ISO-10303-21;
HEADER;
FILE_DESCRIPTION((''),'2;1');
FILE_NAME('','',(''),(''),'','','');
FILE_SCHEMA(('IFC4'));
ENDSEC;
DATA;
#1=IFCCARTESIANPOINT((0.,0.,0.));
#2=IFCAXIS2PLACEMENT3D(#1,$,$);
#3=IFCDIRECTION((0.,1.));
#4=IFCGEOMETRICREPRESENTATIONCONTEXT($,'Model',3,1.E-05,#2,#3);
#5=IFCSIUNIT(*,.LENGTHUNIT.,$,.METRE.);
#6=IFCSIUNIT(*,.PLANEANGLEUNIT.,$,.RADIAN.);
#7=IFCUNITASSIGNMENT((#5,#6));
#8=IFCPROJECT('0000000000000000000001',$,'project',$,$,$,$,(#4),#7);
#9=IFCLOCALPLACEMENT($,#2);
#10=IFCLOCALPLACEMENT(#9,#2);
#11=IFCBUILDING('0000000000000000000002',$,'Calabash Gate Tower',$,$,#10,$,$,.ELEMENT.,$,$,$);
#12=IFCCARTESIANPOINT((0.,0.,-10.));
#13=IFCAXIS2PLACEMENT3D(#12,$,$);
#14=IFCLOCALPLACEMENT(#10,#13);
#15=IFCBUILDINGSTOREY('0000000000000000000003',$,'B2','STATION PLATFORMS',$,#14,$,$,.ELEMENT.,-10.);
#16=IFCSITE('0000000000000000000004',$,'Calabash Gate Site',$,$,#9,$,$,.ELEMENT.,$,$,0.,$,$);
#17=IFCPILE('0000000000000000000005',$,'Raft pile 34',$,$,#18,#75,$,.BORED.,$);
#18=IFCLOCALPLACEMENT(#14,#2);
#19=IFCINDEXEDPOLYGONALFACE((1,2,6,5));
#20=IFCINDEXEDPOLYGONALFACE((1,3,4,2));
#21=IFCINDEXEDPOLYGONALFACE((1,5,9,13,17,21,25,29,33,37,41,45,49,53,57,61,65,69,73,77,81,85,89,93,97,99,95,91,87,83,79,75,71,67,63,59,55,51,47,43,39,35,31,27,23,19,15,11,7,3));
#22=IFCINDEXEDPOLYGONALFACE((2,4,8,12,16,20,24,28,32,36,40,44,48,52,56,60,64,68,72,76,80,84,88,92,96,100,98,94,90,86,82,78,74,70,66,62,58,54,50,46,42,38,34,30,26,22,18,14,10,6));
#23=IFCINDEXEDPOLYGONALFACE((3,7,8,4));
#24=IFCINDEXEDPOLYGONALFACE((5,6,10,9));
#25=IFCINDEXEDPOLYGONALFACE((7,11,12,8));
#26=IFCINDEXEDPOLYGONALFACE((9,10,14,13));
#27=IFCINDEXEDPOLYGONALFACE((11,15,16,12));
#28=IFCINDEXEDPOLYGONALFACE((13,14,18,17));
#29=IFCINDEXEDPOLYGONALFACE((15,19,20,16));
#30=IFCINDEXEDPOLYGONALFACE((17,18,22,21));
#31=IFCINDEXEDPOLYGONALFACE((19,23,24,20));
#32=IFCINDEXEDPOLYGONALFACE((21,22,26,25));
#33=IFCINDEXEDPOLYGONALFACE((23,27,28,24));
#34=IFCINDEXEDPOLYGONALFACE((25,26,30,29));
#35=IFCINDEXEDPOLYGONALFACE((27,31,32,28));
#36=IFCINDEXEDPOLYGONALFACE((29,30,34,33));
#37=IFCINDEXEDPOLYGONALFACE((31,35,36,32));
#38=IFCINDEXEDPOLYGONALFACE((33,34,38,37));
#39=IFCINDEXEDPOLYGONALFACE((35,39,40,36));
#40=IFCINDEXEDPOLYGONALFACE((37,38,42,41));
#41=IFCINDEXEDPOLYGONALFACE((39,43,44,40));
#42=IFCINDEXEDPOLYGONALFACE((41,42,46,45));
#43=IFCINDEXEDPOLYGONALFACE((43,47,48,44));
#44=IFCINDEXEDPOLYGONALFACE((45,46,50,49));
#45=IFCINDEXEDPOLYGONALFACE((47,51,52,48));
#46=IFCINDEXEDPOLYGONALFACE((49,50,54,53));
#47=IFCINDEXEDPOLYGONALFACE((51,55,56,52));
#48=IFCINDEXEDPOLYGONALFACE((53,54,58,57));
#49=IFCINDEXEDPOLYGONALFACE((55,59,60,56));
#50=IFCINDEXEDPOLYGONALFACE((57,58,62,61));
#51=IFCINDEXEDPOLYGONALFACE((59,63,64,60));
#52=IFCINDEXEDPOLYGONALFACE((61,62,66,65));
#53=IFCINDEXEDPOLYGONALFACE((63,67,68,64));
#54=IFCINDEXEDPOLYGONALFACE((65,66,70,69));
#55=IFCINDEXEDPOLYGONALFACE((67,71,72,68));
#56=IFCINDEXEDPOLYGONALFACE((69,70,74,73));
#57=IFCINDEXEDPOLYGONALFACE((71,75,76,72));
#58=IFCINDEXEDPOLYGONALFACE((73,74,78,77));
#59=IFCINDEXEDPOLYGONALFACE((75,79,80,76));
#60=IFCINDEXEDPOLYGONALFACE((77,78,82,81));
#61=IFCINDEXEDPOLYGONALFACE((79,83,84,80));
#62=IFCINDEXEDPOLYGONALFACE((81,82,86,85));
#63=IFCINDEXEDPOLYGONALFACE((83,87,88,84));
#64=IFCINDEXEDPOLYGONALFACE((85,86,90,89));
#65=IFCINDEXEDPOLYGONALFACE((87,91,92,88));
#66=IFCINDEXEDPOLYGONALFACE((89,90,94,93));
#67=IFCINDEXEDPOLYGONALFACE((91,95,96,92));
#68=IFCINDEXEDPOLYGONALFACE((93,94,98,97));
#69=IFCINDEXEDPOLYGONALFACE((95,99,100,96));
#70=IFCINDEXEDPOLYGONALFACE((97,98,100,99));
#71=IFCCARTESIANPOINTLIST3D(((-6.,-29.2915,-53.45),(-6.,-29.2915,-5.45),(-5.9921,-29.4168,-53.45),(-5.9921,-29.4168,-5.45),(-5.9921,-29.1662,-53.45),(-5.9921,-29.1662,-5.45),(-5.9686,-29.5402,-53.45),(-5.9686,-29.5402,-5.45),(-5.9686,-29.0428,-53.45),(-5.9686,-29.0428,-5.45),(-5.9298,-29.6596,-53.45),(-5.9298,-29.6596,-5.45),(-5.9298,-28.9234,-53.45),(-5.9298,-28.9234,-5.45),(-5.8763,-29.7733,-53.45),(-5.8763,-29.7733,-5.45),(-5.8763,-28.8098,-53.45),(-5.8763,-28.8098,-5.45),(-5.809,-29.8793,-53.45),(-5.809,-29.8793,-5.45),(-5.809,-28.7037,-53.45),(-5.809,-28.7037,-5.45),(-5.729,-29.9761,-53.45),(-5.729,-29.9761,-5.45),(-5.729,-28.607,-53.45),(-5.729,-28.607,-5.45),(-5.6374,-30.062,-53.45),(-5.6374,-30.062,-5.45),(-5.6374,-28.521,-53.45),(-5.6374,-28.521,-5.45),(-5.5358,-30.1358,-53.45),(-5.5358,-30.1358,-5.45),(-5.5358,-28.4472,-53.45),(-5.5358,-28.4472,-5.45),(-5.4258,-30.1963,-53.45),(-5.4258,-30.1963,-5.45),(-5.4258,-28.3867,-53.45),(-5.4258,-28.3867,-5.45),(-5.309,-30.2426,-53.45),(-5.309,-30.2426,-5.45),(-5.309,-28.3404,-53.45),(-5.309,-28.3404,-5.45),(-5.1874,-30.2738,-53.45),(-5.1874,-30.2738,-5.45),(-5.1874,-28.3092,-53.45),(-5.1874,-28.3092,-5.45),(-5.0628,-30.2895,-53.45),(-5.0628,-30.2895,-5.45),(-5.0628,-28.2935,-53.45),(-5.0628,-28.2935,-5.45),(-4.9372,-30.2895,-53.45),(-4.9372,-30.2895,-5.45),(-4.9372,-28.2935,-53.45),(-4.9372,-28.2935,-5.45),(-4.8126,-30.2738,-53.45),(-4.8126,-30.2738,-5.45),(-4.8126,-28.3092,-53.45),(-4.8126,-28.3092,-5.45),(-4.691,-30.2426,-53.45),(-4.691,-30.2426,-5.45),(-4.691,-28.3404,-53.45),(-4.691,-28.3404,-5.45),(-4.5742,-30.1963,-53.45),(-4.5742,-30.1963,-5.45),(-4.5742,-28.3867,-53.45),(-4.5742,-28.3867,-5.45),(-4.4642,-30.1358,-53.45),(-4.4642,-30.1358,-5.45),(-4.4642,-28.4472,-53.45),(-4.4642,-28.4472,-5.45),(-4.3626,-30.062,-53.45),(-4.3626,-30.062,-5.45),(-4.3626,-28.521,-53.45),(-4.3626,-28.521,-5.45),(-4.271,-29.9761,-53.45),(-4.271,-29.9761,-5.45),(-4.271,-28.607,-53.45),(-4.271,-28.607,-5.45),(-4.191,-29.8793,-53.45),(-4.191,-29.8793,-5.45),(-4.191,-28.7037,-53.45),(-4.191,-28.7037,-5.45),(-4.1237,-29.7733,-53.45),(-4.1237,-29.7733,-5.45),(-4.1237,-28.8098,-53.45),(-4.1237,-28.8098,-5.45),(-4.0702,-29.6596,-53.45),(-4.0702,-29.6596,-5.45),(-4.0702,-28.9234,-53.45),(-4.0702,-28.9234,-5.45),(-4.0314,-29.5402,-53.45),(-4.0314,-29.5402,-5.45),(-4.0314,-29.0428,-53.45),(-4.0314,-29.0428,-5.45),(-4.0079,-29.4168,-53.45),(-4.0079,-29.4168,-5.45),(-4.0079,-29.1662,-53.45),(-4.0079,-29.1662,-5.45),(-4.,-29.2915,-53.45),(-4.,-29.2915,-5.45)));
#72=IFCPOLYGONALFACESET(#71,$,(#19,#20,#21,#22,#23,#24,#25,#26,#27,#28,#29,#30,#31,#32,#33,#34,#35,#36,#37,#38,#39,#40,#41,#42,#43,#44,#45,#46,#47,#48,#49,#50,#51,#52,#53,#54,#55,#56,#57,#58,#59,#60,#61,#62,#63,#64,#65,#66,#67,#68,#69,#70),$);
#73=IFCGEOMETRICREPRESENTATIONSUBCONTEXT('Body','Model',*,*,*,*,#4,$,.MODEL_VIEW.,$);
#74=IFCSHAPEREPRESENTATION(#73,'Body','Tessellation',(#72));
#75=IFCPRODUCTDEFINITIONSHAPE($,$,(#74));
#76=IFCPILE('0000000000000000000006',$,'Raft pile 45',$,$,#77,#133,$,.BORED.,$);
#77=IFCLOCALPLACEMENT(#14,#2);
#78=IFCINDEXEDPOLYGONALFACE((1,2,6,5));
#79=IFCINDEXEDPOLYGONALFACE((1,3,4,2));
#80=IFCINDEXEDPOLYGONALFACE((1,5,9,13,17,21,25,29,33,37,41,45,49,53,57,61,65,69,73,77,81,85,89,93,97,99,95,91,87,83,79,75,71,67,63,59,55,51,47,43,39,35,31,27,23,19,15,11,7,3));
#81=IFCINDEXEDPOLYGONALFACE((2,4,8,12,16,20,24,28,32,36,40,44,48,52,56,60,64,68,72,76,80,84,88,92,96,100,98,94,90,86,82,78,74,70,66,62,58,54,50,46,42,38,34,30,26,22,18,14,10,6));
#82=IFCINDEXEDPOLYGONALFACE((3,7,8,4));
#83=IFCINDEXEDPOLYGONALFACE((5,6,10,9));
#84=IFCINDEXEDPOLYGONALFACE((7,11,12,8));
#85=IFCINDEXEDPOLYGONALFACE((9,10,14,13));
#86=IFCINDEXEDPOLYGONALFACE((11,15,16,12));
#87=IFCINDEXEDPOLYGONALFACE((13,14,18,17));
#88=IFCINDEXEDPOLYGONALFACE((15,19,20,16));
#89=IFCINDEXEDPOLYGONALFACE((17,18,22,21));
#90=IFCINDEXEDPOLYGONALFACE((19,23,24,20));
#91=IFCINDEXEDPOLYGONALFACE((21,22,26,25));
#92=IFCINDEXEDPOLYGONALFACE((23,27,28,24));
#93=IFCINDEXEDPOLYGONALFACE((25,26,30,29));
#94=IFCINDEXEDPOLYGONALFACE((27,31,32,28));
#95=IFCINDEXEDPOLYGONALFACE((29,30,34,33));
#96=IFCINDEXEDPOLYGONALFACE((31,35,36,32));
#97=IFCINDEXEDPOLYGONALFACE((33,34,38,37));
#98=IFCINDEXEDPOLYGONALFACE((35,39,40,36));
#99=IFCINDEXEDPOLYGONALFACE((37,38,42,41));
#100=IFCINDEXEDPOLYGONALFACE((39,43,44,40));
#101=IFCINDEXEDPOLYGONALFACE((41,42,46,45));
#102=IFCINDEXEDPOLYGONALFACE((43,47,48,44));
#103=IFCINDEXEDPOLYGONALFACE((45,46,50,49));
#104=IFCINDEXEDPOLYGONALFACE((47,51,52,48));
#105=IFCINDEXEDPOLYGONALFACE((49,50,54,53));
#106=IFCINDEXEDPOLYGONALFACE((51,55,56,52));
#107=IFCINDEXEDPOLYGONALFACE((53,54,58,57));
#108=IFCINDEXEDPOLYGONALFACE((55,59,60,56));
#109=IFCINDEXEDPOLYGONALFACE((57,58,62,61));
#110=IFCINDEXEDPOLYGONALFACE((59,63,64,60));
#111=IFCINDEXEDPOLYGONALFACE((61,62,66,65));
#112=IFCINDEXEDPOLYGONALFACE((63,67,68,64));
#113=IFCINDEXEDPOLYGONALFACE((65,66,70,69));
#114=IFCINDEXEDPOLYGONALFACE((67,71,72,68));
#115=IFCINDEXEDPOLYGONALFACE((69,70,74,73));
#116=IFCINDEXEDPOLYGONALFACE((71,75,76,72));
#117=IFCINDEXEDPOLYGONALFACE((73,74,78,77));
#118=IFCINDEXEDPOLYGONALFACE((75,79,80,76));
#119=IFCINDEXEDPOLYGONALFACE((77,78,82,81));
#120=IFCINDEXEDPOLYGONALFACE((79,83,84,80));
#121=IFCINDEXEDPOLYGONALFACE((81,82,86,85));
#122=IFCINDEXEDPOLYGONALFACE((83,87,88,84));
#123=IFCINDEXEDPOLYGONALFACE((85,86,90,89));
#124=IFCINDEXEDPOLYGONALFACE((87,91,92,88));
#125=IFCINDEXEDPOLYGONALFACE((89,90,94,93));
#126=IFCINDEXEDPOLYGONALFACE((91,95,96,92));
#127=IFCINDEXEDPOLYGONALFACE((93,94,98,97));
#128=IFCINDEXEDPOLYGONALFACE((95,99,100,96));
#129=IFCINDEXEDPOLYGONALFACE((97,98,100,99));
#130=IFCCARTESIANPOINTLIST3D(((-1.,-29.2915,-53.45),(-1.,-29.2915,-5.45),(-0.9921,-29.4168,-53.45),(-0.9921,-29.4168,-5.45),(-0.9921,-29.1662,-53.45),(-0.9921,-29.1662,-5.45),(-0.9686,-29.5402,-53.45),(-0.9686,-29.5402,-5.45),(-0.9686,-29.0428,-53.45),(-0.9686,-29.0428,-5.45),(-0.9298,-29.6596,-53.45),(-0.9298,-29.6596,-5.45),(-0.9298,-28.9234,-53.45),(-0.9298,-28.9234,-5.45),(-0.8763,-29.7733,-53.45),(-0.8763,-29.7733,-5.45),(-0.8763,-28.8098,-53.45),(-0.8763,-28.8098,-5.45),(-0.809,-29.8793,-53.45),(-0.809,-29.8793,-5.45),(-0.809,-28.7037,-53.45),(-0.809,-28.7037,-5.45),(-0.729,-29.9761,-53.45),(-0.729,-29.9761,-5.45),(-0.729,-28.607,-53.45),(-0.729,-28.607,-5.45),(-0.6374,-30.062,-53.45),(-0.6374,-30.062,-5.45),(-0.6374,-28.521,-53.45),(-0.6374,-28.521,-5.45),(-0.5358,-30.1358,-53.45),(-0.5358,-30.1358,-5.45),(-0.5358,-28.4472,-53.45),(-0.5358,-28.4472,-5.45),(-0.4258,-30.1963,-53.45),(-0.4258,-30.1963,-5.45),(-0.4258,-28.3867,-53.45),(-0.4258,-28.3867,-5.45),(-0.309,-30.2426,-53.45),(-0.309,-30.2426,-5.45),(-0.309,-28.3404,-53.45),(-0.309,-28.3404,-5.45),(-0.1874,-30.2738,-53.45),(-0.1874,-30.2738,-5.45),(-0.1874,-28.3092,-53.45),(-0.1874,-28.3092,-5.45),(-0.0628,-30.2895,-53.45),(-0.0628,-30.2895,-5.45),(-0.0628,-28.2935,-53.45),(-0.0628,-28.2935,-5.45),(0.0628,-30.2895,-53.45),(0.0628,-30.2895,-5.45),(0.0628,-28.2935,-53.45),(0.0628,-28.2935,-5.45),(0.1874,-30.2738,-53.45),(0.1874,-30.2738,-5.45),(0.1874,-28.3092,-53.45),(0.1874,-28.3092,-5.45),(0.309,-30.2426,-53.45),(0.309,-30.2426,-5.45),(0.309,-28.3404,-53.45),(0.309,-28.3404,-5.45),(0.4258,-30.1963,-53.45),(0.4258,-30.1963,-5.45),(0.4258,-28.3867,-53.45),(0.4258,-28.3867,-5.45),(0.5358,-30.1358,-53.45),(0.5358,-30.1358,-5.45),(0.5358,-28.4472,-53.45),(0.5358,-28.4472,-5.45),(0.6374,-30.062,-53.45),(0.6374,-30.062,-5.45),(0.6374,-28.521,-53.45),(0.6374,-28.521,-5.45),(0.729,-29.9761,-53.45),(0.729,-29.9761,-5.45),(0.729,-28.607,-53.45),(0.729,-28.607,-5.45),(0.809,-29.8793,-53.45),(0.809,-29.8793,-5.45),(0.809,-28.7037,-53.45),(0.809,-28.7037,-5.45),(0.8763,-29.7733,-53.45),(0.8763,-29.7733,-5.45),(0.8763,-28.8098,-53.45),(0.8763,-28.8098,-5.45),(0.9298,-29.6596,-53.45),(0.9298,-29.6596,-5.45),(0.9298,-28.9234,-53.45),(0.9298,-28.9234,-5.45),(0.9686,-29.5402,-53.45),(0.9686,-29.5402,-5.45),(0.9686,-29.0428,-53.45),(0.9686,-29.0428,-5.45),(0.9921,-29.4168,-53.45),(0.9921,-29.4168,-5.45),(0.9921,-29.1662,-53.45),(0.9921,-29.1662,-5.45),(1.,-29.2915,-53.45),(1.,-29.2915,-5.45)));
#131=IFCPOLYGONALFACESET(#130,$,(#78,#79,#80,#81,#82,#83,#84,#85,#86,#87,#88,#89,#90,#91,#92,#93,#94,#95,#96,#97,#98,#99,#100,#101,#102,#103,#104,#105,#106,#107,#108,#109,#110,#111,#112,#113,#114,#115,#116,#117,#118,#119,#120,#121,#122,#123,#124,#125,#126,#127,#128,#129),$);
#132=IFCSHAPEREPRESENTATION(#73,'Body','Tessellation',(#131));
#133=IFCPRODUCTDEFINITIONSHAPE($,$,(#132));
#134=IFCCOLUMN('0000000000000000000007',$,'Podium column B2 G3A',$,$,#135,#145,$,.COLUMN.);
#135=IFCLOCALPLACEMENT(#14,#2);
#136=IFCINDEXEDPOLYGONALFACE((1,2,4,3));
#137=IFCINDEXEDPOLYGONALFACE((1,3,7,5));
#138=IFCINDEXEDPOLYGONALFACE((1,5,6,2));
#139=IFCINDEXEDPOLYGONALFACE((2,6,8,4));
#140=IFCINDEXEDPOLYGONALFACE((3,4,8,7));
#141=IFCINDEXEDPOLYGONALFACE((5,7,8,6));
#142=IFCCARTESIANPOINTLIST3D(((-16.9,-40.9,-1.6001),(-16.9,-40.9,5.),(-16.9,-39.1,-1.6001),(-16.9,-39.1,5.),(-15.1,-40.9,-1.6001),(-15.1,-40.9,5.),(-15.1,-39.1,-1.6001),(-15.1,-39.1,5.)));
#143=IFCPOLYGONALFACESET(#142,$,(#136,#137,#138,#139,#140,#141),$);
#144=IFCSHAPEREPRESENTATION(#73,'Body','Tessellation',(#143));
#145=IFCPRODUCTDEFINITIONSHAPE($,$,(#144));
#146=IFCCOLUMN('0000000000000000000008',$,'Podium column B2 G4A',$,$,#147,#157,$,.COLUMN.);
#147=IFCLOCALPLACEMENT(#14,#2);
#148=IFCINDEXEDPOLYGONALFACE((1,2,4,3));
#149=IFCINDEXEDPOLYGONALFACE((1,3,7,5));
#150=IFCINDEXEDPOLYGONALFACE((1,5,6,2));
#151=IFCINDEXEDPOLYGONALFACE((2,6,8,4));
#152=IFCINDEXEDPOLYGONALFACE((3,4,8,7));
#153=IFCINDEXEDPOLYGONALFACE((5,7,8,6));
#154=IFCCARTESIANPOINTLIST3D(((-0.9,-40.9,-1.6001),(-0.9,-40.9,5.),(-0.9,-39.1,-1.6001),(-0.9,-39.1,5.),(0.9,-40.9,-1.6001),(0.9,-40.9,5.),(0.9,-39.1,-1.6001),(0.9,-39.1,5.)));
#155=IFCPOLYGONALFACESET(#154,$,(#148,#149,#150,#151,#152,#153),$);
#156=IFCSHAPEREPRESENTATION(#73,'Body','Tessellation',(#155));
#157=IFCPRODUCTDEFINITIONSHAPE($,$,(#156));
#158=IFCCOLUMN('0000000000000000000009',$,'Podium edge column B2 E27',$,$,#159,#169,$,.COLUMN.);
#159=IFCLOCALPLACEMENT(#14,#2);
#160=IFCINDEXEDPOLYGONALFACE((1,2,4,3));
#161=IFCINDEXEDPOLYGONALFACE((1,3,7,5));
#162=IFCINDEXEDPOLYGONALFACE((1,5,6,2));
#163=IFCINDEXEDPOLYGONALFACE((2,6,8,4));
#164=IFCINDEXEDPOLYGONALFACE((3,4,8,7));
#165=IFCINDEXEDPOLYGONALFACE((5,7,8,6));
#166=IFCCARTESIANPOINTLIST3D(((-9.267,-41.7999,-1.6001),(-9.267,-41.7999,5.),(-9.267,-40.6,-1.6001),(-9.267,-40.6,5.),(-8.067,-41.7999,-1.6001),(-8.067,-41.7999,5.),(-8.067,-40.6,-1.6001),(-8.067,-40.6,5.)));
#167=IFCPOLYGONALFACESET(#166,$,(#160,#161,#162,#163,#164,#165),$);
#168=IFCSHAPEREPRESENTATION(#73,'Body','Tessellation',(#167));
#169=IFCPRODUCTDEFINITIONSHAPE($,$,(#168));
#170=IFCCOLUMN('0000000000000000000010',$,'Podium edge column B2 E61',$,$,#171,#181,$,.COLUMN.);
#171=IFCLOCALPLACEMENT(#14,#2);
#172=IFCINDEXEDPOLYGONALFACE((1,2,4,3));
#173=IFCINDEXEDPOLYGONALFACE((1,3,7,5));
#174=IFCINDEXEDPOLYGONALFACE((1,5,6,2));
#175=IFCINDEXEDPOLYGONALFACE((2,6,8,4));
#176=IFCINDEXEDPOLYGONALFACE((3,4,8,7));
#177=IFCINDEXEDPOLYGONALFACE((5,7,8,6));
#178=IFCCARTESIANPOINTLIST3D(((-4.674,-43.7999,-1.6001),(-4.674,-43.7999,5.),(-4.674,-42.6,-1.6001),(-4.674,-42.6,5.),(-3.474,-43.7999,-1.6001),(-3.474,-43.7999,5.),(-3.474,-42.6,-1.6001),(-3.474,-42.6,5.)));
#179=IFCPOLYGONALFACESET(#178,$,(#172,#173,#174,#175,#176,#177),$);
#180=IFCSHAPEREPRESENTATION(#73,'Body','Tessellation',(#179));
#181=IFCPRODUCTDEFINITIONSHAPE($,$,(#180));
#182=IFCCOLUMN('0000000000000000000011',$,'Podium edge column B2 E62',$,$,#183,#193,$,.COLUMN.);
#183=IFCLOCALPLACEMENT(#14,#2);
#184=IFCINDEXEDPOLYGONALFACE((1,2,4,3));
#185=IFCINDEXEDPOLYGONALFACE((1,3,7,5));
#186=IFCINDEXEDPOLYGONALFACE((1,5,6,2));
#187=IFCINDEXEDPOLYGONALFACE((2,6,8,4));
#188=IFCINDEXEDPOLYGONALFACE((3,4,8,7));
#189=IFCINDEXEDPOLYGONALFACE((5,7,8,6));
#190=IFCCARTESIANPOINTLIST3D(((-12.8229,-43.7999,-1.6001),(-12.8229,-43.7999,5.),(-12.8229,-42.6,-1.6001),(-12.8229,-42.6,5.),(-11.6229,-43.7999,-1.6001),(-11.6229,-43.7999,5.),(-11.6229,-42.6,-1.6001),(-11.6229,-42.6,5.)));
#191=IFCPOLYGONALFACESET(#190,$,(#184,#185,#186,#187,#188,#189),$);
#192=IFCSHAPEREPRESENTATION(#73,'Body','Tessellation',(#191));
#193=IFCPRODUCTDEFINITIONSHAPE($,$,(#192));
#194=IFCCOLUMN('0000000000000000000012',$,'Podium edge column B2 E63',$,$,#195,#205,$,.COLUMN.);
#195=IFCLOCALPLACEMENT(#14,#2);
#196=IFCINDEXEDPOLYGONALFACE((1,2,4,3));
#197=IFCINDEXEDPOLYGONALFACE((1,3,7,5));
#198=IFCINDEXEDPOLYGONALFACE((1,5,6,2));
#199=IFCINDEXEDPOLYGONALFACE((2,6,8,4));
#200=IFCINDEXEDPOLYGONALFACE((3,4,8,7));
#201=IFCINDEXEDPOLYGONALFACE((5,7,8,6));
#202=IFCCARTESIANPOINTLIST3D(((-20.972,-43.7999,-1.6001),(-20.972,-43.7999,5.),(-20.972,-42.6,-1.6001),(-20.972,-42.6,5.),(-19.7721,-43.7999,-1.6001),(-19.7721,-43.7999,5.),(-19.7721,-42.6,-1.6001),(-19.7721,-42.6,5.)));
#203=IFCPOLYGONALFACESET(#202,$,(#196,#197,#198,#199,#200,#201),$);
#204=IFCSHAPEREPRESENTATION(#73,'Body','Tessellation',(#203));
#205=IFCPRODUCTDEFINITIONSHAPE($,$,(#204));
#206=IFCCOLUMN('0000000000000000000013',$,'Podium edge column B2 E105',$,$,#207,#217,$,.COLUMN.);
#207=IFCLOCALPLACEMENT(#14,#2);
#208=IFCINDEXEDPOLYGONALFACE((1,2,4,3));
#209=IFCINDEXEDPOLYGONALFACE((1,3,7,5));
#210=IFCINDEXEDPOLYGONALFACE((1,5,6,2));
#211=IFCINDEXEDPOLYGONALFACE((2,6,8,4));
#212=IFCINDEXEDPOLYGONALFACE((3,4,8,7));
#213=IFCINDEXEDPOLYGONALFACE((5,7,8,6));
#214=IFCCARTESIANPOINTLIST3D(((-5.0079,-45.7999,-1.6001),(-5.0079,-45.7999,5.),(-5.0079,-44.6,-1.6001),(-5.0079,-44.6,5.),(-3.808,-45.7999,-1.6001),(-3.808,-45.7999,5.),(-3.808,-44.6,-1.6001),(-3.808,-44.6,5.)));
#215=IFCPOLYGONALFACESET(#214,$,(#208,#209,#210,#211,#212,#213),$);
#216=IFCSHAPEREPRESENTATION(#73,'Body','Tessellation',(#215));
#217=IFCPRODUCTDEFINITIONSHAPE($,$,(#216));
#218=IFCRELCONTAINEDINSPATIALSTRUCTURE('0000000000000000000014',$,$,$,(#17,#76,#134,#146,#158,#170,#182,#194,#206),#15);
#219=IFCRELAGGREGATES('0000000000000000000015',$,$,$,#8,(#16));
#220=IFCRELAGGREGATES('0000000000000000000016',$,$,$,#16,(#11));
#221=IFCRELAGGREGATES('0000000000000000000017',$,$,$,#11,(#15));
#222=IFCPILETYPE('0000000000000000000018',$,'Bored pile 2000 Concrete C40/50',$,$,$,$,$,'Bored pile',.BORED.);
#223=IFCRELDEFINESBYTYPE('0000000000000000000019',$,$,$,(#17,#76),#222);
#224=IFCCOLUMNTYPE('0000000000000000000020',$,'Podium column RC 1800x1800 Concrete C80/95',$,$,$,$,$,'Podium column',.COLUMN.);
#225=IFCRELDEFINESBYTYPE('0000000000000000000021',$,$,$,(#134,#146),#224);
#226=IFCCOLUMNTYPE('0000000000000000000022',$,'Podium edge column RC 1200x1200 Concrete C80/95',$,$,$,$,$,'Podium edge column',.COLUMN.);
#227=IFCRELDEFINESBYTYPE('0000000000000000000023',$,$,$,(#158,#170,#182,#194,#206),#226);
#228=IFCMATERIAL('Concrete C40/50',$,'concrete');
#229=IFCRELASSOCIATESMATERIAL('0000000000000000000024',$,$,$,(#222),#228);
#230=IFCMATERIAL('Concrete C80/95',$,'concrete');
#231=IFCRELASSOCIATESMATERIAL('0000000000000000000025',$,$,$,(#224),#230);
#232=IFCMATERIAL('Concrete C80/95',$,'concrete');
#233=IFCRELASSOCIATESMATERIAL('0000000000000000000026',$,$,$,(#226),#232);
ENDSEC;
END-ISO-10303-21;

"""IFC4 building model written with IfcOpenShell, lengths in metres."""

from ifc_helpers import new_model, si_unit, direction, frame, origin, origin_2d, place, context, subcontext, project, spatial, rectangle, circle, extrude, material, material_profile, profile_set, type_object, element, save


model = new_model("IFC4")

# Units and contexts
model_context = context("Model", 3, precision=1e-05, world=origin(), true_north=direction((0.0, 1.0)))
body_context = subcontext(model_context, "Body", "Model", "MODEL_VIEW")
ifc_project = project(units=[si_unit("LENGTHUNIT", "METRE"), si_unit("PLANEANGLEUNIT", "RADIAN")], contexts=[model_context])

# Site, building, storey
site_placement = place(None, origin())
site = spatial("IfcSite", under=ifc_project, at=site_placement, Name="Calabash Gate Site", CompositionType="ELEMENT", RefElevation=0.0)
building_placement = place(site_placement, origin())
building = spatial("IfcBuilding", under=site, at=building_placement, Name="Calabash Gate Tower", CompositionType="ELEMENT")
storey_placement = place(building_placement, frame((0.0, 0.0, -10.0)))
storey = spatial("IfcBuildingStorey", under=building, at=storey_placement, Name="B2", Description="STATION PLATFORMS", CompositionType="ELEMENT", Elevation=-10.0)

# Piles
ifc_material_1 = material(Name="Concrete C40/50", Category="concrete")
ifc_material_profile_1 = material_profile(ifc_material_1, circle(Radius=1.0, at=origin_2d()))
ifc_profile_set_1 = profile_set([ifc_material_profile_1], Name="Concrete C40/50")
pile_type_1 = type_object("IfcPileType", Name="Bored pile 2000 Concrete C40/50", ElementType="Bored pile", PredefinedType="BORED", material=ifc_profile_set_1)
for number, where, z_axis, x_axis, name in (
    (1, (-5.0, -29.2915, -5.45), (0.0, 0.0, -1.0), (1.0, 0.0, 0.0), "Raft pile 34"),
    (2, (0.0, -29.2915, -5.45), (0.0, 0.0, -1.0), (1.0, 0.0, 0.0), "Raft pile 45"),
):
    element("IfcPile", number, at=place(storey_placement, frame(where, z_axis=z_axis, x_axis=x_axis)), inside=storey, type_object=pile_type_1, Name=name, PredefinedType="BORED", context=body_context, shape_type="SweptSolid", body=[
        extrude(circle(Radius=1.0, at=origin_2d()), origin(), (0.0, 0.0, 1.0), 48.0),
    ])

# Columns
ifc_material_2 = material(Name="Concrete C80/95", Category="concrete")
ifc_material_profile_2 = material_profile(ifc_material_2, rectangle(XDim=1.8, YDim=1.8, at=origin_2d()))
ifc_profile_set_2 = profile_set([ifc_material_profile_2], Name="Concrete C80/95")
column_type_1 = type_object("IfcColumnType", Name="Podium column RC 1800x1800 Concrete C80/95", ElementType="Podium column", PredefinedType="COLUMN", material=ifc_profile_set_2)
for number, where, z_axis, x_axis, name in (
    (3, (-16.0, -40.0, -1.6001), (0.0, 0.0, 1.0), (1.0, 0.0, 0.0), "Podium column B2 G3A"),
    (4, (0.0, -40.0, -1.6001), (0.0, 0.0, 1.0), (1.0, 0.0, 0.0), "Podium column B2 G4A"),
):
    element("IfcColumn", number, at=place(storey_placement, frame(where, z_axis=z_axis, x_axis=x_axis)), inside=storey, type_object=column_type_1, Name=name, PredefinedType="COLUMN", context=body_context, shape_type="SweptSolid", body=[
        extrude(rectangle(XDim=1.8, YDim=1.8, at=origin_2d()), origin(), (0.0, 0.0, 1.0), 6.6001),
    ])
ifc_material_3 = material(Name="Concrete C80/95", Category="concrete")
ifc_material_profile_3 = material_profile(ifc_material_3, rectangle(XDim=1.2, YDim=1.2, at=origin_2d()))
ifc_profile_set_3 = profile_set([ifc_material_profile_3], Name="Concrete C80/95")
column_type_2 = type_object("IfcColumnType", Name="Podium edge column RC 1200x1200 Concrete C80/95", ElementType="Podium edge column", PredefinedType="COLUMN", material=ifc_profile_set_3)
for number, where, z_axis, x_axis, name in (
    (5, (-8.667, -41.2, -1.6001), (0.0, 0.0, 1.0), (1.0, 0.0, 0.0), "Podium edge column B2 E27"),
    (6, (-4.074, -43.2, -1.6001), (0.0, 0.0, 1.0), (1.0, 0.0, 0.0), "Podium edge column B2 E61"),
    (7, (-12.2229, -43.2, -1.6001), (0.0, 0.0, 1.0), (1.0, 0.0, 0.0), "Podium edge column B2 E62"),
    (8, (-20.3721, -43.2, -1.6001), (0.0, 0.0, 1.0), (1.0, 0.0, 0.0), "Podium edge column B2 E63"),
    (9, (-4.408, -45.2, -1.6001), (0.0, 0.0, 1.0), (1.0, 0.0, 0.0), "Podium edge column B2 E105"),
):
    element("IfcColumn", number, at=place(storey_placement, frame(where, z_axis=z_axis, x_axis=x_axis)), inside=storey, type_object=column_type_2, Name=name, PredefinedType="COLUMN", context=body_context, shape_type="SweptSolid", body=[
        extrude(rectangle(XDim=1.2, YDim=1.2, at=origin_2d()), origin(), (0.0, 0.0, 1.0), 6.6001),
    ])

save(model, "model.ifc")
